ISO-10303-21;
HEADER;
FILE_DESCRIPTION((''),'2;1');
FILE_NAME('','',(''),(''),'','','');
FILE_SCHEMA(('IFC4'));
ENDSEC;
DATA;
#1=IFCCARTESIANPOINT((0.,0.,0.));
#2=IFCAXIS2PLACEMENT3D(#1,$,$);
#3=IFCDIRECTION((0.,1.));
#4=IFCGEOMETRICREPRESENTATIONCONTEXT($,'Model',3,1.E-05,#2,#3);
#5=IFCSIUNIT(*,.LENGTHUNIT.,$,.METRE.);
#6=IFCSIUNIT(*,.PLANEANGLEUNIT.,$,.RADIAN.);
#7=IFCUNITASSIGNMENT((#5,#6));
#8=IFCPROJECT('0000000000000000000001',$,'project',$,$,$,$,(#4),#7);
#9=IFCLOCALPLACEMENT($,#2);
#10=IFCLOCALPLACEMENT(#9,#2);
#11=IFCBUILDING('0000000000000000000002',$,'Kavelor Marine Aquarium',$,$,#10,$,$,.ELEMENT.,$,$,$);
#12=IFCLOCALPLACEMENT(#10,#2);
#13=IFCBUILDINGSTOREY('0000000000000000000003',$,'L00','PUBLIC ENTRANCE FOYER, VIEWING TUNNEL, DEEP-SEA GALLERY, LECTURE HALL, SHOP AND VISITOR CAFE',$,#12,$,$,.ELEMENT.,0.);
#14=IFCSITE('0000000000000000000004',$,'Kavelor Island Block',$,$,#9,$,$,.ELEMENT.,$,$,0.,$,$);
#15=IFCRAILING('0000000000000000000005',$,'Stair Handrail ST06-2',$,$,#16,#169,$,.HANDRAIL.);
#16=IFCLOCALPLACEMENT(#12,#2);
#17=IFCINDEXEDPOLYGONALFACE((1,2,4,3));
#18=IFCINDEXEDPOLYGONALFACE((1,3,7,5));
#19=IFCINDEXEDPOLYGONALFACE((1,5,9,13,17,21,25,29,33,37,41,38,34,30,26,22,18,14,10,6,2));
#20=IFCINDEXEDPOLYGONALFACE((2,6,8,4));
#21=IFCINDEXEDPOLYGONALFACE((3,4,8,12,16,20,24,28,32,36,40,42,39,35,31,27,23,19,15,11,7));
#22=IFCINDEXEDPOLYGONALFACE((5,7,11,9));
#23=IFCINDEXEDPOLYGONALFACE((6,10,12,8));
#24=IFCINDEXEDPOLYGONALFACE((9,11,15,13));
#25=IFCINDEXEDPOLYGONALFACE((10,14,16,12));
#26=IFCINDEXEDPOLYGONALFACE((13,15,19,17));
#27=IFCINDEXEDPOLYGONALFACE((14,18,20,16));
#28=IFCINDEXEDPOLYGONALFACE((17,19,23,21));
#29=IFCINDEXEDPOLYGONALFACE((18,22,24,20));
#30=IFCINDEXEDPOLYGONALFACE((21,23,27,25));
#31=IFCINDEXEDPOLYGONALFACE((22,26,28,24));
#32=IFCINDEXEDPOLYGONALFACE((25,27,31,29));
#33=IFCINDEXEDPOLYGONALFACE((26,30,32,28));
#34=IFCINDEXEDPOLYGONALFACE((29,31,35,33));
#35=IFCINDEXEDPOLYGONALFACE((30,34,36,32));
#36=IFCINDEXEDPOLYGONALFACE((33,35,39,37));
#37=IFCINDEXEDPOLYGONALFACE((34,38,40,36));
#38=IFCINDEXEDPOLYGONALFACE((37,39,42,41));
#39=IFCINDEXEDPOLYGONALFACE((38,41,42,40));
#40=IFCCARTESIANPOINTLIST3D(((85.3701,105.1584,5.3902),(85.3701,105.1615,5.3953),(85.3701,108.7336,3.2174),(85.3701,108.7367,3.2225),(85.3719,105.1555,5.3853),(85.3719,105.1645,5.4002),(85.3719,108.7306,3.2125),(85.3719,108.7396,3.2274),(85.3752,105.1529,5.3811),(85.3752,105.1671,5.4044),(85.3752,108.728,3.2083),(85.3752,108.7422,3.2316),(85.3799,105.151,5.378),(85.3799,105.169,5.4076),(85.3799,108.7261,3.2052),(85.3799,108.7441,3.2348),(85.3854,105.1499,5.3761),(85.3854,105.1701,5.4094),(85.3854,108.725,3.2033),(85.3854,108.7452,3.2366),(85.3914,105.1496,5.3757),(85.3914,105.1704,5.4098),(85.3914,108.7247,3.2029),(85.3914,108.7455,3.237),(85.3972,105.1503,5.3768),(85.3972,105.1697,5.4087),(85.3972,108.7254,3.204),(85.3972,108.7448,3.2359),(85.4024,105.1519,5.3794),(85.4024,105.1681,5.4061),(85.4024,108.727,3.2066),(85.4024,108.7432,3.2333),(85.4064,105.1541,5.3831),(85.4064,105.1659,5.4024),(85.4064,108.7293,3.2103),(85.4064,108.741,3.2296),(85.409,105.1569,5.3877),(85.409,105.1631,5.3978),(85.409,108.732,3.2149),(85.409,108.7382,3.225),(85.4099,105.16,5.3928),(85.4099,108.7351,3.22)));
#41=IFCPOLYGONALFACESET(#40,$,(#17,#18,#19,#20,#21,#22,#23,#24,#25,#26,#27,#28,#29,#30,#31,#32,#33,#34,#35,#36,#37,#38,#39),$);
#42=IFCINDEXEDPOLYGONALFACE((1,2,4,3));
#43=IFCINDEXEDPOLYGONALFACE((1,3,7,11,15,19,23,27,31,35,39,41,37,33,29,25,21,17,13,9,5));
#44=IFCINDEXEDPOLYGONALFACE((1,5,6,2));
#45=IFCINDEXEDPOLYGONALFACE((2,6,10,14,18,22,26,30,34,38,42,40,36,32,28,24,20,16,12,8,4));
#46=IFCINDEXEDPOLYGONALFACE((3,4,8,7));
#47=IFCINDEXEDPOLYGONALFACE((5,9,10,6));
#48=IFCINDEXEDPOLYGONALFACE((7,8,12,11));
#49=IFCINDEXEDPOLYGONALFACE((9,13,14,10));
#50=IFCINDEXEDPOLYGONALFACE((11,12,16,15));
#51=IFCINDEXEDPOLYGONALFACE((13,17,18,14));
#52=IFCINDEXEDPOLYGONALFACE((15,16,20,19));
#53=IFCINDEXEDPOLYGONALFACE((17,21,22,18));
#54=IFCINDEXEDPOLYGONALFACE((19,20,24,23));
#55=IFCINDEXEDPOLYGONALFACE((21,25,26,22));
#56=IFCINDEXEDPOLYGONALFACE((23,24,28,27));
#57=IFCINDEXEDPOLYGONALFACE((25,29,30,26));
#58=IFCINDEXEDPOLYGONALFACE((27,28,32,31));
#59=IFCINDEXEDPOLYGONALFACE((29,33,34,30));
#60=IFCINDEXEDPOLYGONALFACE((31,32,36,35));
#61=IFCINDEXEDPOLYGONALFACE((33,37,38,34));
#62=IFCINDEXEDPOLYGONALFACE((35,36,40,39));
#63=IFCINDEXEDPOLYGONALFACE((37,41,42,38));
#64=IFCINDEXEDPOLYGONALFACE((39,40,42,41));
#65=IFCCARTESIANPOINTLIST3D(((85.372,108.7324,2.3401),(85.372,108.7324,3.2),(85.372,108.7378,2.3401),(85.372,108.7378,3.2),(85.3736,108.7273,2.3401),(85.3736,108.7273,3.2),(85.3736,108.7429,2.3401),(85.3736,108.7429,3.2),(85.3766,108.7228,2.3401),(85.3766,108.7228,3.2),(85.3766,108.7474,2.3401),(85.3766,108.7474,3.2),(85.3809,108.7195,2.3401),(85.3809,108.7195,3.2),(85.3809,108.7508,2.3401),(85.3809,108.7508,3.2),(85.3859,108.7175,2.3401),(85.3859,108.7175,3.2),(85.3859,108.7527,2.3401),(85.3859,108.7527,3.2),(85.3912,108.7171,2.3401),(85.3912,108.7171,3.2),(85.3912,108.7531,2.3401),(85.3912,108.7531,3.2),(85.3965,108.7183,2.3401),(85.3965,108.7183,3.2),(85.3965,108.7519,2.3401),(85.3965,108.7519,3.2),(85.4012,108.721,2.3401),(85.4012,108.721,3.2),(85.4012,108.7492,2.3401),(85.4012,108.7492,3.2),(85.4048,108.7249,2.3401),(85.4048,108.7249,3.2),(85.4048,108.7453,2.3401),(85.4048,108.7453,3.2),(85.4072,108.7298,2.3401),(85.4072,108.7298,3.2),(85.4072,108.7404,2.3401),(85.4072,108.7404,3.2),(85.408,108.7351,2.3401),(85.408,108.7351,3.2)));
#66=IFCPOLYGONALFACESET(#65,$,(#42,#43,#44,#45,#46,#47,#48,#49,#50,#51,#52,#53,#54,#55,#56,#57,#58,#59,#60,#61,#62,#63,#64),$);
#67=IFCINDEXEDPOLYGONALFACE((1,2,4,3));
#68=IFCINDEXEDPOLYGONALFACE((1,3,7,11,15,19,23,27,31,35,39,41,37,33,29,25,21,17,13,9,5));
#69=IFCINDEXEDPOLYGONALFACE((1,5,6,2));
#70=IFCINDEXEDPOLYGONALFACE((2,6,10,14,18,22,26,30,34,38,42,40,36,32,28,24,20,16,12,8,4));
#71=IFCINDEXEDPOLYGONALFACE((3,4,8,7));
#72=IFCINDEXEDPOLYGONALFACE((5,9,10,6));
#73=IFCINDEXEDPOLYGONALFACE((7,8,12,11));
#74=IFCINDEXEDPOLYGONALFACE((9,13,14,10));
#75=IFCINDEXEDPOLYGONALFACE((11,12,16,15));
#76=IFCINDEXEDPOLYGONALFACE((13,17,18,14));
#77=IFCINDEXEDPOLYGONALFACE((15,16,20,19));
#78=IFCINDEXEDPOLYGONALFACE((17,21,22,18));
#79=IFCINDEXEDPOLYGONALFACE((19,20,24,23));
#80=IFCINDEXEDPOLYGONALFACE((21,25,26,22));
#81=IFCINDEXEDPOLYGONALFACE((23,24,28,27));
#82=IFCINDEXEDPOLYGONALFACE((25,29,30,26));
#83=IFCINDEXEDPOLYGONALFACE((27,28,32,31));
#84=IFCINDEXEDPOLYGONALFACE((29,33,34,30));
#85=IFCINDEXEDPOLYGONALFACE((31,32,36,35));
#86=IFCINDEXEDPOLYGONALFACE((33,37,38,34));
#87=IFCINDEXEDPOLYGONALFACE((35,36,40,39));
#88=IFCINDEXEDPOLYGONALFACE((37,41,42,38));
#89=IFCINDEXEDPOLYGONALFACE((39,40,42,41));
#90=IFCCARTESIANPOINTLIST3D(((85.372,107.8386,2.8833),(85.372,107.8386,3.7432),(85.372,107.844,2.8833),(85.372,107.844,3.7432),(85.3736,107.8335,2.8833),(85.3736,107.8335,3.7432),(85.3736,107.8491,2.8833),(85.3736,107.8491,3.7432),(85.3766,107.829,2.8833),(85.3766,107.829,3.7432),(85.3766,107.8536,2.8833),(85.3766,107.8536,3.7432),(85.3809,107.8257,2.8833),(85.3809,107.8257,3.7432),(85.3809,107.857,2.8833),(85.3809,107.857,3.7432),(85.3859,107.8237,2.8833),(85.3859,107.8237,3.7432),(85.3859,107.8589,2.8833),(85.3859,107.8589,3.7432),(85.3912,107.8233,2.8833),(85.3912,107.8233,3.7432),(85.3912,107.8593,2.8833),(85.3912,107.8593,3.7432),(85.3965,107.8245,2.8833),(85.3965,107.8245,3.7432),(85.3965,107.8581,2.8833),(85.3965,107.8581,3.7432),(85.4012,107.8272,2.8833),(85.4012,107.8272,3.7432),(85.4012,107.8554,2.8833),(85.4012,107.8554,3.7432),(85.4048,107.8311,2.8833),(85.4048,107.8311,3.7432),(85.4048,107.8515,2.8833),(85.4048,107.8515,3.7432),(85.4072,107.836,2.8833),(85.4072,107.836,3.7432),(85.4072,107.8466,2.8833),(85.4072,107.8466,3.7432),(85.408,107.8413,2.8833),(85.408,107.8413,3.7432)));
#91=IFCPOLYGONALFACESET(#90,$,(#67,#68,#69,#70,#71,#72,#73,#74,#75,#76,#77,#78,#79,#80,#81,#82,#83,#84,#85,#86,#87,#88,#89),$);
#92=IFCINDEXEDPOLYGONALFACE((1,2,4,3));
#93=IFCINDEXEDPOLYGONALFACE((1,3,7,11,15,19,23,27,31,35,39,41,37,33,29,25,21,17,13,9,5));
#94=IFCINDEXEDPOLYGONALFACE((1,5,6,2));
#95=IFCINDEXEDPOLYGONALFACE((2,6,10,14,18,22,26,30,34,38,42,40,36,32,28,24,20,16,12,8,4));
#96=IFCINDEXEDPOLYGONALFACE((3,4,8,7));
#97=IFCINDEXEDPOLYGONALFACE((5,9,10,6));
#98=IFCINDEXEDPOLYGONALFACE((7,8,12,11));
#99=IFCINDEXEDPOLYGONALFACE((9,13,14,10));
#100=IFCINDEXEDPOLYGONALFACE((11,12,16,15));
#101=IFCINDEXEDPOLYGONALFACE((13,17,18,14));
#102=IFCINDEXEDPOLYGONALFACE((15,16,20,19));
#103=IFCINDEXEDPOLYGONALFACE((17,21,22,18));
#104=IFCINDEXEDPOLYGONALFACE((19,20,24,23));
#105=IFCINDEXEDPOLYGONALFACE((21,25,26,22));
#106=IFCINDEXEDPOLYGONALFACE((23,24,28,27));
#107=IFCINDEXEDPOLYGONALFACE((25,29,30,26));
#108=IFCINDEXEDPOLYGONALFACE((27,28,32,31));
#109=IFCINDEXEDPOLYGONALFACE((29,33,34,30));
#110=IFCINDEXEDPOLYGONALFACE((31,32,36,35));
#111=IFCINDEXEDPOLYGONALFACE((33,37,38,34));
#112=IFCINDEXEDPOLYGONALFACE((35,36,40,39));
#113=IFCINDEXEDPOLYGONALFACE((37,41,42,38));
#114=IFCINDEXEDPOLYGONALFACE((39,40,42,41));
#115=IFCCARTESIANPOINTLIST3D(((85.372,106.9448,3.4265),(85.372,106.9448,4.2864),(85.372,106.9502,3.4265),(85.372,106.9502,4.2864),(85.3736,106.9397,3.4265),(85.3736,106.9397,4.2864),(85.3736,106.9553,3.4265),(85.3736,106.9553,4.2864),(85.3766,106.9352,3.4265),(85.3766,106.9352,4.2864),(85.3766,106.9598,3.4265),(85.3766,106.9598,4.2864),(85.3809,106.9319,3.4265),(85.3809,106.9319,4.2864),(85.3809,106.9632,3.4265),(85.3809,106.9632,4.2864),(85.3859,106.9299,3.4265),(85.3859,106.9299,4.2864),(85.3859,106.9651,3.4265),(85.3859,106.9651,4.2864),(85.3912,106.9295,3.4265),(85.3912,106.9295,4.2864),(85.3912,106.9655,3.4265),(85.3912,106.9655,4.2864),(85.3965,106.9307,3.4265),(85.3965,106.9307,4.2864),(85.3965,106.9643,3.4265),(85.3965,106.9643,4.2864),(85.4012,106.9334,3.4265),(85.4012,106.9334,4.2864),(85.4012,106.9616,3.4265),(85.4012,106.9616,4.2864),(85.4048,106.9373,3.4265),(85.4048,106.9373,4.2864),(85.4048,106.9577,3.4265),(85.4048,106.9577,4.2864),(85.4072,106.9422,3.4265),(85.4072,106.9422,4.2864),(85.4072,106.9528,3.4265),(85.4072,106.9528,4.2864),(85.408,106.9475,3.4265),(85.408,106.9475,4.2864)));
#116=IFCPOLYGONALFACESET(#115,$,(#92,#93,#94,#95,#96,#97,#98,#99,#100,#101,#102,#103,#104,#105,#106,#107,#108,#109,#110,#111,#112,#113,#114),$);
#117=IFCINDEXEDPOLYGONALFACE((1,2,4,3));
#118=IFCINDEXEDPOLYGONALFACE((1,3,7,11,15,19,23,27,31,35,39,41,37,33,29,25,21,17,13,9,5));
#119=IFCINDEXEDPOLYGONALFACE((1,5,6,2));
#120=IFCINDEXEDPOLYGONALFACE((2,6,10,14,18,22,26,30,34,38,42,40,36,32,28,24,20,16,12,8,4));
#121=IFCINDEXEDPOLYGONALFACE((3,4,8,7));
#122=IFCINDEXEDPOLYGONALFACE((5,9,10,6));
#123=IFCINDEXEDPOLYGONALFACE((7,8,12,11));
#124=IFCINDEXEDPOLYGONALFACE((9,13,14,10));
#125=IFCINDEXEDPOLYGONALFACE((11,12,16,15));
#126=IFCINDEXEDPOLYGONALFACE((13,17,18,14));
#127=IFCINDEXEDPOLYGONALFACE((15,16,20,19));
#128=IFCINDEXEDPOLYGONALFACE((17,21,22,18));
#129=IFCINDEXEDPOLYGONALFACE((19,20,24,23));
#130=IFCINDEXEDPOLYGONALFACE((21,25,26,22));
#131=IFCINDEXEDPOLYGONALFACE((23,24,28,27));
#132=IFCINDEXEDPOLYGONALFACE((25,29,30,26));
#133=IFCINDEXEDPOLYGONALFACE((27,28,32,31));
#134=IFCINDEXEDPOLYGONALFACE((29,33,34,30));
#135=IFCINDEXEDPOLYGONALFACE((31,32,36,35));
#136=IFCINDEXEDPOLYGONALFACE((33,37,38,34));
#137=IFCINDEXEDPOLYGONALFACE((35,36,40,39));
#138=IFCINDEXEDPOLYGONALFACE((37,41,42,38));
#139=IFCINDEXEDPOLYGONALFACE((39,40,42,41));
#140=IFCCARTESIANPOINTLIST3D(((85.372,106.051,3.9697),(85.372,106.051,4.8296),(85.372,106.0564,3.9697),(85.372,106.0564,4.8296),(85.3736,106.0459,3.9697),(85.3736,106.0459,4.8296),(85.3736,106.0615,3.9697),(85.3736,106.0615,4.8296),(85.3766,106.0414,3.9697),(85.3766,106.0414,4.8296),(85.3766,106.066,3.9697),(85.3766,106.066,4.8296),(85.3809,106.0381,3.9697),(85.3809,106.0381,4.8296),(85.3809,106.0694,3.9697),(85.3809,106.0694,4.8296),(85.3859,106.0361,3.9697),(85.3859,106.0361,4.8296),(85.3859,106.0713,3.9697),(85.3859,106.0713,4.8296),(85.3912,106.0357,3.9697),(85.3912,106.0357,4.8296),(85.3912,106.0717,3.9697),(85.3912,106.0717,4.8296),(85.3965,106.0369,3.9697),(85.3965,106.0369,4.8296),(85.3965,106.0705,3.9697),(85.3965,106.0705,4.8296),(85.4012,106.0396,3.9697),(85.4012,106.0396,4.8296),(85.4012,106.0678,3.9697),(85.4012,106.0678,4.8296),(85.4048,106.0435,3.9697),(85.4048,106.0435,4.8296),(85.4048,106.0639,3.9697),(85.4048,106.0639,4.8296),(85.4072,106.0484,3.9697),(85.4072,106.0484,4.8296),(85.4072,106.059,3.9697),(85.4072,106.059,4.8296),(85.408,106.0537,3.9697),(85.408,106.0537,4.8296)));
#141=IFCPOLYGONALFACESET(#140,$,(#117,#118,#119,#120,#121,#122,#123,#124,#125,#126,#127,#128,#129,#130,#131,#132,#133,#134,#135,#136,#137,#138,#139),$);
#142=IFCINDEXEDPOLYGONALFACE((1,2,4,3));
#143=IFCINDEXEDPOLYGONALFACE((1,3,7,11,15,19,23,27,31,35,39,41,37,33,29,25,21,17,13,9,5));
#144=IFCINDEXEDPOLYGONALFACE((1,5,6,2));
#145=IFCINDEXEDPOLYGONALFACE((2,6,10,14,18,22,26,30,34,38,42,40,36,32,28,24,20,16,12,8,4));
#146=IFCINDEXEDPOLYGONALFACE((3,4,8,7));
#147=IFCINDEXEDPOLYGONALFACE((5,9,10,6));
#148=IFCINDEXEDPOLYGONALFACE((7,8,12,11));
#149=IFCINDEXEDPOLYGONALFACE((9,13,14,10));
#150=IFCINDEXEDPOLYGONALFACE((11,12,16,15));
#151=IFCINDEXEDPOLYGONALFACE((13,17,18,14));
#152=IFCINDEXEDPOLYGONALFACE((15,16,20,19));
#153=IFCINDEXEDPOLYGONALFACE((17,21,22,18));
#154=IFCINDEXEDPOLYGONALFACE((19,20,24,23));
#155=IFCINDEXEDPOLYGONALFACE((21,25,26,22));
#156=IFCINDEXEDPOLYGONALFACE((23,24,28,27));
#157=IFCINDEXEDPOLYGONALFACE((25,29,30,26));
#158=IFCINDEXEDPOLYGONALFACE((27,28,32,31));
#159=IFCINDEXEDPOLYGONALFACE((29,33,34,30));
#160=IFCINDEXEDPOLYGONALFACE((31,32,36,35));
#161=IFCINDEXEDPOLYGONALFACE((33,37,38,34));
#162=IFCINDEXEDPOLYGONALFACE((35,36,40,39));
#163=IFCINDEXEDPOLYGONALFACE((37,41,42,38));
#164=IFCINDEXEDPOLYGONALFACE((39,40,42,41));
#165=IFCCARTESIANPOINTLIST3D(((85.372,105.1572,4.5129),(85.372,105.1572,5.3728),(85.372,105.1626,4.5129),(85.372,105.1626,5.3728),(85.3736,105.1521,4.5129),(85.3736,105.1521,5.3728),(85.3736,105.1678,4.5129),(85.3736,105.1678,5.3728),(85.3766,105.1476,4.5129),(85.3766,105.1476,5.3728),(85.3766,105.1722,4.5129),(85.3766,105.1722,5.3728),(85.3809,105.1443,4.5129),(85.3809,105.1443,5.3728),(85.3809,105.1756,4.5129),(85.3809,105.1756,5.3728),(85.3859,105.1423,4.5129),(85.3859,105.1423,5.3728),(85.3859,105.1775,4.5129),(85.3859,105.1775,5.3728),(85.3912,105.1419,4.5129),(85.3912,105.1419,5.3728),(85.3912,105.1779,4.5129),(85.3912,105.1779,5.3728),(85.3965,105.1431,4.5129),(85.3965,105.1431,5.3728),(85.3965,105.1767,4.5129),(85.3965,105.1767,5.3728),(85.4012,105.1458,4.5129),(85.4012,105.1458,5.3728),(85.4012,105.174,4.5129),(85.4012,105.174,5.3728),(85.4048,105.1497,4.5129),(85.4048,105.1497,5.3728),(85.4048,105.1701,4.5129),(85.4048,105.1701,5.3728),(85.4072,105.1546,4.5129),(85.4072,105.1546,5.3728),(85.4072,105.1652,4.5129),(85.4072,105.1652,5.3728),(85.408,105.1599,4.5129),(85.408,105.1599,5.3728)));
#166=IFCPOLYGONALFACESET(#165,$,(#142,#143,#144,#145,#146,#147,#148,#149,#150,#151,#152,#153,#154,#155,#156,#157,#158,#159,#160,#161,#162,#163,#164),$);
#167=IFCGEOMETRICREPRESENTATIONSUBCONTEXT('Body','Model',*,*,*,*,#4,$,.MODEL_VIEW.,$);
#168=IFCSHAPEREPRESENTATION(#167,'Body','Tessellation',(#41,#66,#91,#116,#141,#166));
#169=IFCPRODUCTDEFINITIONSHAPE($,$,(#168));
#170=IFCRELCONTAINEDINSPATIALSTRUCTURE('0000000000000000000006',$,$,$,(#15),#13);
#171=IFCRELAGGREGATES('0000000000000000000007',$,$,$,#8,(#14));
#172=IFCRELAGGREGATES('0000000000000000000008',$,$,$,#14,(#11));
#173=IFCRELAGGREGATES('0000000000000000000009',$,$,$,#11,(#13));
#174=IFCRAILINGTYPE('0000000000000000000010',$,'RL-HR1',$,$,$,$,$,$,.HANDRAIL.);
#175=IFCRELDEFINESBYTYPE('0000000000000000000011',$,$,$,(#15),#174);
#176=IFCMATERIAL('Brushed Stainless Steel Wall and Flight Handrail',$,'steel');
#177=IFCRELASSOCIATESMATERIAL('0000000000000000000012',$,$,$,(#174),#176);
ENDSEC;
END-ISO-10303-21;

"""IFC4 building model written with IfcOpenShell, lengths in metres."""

from ifc_helpers import new_model, si_unit, direction, frame, origin, origin_2d, place, context, subcontext, project, spatial, circle, extrude, material, type_object, element, save


model = new_model("IFC4")

# Units and contexts
model_context = context("Model", 3, precision=1e-05, world=origin(), true_north=direction((0.0, 1.0)))
body_context = subcontext(model_context, "Body", "Model", "MODEL_VIEW")
ifc_project = project(units=[si_unit("LENGTHUNIT", "METRE"), si_unit("PLANEANGLEUNIT", "RADIAN")], contexts=[model_context])

# Site, building, storey
site_placement = place(None, origin())
site = spatial("IfcSite", under=ifc_project, at=site_placement, Name="Kavelor Island Block", CompositionType="ELEMENT", RefElevation=0.0)
building_placement = place(site_placement, origin())
building = spatial("IfcBuilding", under=site, at=building_placement, Name="Kavelor Marine Aquarium", CompositionType="ELEMENT")
storey_placement = place(building_placement, origin())
storey = spatial("IfcBuildingStorey", under=building, at=storey_placement, Name="L00", Description="PUBLIC ENTRANCE FOYER, VIEWING TUNNEL, DEEP-SEA GALLERY, LECTURE HALL, SHOP AND VISITOR CAFE", CompositionType="ELEMENT", Elevation=0.0)

# Railing
ifc_material_1 = material(Name="Brushed Stainless Steel Wall and Flight Handrail", Category="steel")
railing_type_1 = type_object("IfcRailingType", Name="RL-HR1", PredefinedType="HANDRAIL", material=ifc_material_1)
railing_1_placement = place(storey_placement, frame((85.3899, 108.7351, 2.3401)))
element("IfcRailing", 1, at=railing_1_placement, inside=storey, type_object=railing_type_1, Name="Stair Handrail ST06-2", PredefinedType="HANDRAIL", context=body_context, shape_type="SweptSolid", body=[
    extrude(circle(Radius=0.02, at=origin_2d()), frame((0.0, 0.0, 0.8799), z_axis=(0.0, -0.854554, 0.519362), x_axis=(1.0, 0.0, 0.0)), (0.0, 0.0, 1.0), 4.1836),
    extrude(circle(Radius=0.0181, at=origin_2d()), origin(), (0.0, 0.0, 1.0), 0.8599),
    extrude(circle(Radius=0.0181, at=origin_2d()), frame((0.0, -0.8938, 0.5432)), (0.0, 0.0, 1.0), 0.8599),
    extrude(circle(Radius=0.0181, at=origin_2d()), frame((0.0, -1.7876, 1.0864)), (0.0, 0.0, 1.0), 0.8599),
    extrude(circle(Radius=0.0181, at=origin_2d()), frame((0.0, -2.6814, 1.6296)), (0.0, 0.0, 1.0), 0.8599),
    extrude(circle(Radius=0.0181, at=origin_2d()), frame((0.0, -3.5752, 2.1729)), (0.0, 0.0, 1.0), 0.8599),
])

save(model, "model.ifc")
